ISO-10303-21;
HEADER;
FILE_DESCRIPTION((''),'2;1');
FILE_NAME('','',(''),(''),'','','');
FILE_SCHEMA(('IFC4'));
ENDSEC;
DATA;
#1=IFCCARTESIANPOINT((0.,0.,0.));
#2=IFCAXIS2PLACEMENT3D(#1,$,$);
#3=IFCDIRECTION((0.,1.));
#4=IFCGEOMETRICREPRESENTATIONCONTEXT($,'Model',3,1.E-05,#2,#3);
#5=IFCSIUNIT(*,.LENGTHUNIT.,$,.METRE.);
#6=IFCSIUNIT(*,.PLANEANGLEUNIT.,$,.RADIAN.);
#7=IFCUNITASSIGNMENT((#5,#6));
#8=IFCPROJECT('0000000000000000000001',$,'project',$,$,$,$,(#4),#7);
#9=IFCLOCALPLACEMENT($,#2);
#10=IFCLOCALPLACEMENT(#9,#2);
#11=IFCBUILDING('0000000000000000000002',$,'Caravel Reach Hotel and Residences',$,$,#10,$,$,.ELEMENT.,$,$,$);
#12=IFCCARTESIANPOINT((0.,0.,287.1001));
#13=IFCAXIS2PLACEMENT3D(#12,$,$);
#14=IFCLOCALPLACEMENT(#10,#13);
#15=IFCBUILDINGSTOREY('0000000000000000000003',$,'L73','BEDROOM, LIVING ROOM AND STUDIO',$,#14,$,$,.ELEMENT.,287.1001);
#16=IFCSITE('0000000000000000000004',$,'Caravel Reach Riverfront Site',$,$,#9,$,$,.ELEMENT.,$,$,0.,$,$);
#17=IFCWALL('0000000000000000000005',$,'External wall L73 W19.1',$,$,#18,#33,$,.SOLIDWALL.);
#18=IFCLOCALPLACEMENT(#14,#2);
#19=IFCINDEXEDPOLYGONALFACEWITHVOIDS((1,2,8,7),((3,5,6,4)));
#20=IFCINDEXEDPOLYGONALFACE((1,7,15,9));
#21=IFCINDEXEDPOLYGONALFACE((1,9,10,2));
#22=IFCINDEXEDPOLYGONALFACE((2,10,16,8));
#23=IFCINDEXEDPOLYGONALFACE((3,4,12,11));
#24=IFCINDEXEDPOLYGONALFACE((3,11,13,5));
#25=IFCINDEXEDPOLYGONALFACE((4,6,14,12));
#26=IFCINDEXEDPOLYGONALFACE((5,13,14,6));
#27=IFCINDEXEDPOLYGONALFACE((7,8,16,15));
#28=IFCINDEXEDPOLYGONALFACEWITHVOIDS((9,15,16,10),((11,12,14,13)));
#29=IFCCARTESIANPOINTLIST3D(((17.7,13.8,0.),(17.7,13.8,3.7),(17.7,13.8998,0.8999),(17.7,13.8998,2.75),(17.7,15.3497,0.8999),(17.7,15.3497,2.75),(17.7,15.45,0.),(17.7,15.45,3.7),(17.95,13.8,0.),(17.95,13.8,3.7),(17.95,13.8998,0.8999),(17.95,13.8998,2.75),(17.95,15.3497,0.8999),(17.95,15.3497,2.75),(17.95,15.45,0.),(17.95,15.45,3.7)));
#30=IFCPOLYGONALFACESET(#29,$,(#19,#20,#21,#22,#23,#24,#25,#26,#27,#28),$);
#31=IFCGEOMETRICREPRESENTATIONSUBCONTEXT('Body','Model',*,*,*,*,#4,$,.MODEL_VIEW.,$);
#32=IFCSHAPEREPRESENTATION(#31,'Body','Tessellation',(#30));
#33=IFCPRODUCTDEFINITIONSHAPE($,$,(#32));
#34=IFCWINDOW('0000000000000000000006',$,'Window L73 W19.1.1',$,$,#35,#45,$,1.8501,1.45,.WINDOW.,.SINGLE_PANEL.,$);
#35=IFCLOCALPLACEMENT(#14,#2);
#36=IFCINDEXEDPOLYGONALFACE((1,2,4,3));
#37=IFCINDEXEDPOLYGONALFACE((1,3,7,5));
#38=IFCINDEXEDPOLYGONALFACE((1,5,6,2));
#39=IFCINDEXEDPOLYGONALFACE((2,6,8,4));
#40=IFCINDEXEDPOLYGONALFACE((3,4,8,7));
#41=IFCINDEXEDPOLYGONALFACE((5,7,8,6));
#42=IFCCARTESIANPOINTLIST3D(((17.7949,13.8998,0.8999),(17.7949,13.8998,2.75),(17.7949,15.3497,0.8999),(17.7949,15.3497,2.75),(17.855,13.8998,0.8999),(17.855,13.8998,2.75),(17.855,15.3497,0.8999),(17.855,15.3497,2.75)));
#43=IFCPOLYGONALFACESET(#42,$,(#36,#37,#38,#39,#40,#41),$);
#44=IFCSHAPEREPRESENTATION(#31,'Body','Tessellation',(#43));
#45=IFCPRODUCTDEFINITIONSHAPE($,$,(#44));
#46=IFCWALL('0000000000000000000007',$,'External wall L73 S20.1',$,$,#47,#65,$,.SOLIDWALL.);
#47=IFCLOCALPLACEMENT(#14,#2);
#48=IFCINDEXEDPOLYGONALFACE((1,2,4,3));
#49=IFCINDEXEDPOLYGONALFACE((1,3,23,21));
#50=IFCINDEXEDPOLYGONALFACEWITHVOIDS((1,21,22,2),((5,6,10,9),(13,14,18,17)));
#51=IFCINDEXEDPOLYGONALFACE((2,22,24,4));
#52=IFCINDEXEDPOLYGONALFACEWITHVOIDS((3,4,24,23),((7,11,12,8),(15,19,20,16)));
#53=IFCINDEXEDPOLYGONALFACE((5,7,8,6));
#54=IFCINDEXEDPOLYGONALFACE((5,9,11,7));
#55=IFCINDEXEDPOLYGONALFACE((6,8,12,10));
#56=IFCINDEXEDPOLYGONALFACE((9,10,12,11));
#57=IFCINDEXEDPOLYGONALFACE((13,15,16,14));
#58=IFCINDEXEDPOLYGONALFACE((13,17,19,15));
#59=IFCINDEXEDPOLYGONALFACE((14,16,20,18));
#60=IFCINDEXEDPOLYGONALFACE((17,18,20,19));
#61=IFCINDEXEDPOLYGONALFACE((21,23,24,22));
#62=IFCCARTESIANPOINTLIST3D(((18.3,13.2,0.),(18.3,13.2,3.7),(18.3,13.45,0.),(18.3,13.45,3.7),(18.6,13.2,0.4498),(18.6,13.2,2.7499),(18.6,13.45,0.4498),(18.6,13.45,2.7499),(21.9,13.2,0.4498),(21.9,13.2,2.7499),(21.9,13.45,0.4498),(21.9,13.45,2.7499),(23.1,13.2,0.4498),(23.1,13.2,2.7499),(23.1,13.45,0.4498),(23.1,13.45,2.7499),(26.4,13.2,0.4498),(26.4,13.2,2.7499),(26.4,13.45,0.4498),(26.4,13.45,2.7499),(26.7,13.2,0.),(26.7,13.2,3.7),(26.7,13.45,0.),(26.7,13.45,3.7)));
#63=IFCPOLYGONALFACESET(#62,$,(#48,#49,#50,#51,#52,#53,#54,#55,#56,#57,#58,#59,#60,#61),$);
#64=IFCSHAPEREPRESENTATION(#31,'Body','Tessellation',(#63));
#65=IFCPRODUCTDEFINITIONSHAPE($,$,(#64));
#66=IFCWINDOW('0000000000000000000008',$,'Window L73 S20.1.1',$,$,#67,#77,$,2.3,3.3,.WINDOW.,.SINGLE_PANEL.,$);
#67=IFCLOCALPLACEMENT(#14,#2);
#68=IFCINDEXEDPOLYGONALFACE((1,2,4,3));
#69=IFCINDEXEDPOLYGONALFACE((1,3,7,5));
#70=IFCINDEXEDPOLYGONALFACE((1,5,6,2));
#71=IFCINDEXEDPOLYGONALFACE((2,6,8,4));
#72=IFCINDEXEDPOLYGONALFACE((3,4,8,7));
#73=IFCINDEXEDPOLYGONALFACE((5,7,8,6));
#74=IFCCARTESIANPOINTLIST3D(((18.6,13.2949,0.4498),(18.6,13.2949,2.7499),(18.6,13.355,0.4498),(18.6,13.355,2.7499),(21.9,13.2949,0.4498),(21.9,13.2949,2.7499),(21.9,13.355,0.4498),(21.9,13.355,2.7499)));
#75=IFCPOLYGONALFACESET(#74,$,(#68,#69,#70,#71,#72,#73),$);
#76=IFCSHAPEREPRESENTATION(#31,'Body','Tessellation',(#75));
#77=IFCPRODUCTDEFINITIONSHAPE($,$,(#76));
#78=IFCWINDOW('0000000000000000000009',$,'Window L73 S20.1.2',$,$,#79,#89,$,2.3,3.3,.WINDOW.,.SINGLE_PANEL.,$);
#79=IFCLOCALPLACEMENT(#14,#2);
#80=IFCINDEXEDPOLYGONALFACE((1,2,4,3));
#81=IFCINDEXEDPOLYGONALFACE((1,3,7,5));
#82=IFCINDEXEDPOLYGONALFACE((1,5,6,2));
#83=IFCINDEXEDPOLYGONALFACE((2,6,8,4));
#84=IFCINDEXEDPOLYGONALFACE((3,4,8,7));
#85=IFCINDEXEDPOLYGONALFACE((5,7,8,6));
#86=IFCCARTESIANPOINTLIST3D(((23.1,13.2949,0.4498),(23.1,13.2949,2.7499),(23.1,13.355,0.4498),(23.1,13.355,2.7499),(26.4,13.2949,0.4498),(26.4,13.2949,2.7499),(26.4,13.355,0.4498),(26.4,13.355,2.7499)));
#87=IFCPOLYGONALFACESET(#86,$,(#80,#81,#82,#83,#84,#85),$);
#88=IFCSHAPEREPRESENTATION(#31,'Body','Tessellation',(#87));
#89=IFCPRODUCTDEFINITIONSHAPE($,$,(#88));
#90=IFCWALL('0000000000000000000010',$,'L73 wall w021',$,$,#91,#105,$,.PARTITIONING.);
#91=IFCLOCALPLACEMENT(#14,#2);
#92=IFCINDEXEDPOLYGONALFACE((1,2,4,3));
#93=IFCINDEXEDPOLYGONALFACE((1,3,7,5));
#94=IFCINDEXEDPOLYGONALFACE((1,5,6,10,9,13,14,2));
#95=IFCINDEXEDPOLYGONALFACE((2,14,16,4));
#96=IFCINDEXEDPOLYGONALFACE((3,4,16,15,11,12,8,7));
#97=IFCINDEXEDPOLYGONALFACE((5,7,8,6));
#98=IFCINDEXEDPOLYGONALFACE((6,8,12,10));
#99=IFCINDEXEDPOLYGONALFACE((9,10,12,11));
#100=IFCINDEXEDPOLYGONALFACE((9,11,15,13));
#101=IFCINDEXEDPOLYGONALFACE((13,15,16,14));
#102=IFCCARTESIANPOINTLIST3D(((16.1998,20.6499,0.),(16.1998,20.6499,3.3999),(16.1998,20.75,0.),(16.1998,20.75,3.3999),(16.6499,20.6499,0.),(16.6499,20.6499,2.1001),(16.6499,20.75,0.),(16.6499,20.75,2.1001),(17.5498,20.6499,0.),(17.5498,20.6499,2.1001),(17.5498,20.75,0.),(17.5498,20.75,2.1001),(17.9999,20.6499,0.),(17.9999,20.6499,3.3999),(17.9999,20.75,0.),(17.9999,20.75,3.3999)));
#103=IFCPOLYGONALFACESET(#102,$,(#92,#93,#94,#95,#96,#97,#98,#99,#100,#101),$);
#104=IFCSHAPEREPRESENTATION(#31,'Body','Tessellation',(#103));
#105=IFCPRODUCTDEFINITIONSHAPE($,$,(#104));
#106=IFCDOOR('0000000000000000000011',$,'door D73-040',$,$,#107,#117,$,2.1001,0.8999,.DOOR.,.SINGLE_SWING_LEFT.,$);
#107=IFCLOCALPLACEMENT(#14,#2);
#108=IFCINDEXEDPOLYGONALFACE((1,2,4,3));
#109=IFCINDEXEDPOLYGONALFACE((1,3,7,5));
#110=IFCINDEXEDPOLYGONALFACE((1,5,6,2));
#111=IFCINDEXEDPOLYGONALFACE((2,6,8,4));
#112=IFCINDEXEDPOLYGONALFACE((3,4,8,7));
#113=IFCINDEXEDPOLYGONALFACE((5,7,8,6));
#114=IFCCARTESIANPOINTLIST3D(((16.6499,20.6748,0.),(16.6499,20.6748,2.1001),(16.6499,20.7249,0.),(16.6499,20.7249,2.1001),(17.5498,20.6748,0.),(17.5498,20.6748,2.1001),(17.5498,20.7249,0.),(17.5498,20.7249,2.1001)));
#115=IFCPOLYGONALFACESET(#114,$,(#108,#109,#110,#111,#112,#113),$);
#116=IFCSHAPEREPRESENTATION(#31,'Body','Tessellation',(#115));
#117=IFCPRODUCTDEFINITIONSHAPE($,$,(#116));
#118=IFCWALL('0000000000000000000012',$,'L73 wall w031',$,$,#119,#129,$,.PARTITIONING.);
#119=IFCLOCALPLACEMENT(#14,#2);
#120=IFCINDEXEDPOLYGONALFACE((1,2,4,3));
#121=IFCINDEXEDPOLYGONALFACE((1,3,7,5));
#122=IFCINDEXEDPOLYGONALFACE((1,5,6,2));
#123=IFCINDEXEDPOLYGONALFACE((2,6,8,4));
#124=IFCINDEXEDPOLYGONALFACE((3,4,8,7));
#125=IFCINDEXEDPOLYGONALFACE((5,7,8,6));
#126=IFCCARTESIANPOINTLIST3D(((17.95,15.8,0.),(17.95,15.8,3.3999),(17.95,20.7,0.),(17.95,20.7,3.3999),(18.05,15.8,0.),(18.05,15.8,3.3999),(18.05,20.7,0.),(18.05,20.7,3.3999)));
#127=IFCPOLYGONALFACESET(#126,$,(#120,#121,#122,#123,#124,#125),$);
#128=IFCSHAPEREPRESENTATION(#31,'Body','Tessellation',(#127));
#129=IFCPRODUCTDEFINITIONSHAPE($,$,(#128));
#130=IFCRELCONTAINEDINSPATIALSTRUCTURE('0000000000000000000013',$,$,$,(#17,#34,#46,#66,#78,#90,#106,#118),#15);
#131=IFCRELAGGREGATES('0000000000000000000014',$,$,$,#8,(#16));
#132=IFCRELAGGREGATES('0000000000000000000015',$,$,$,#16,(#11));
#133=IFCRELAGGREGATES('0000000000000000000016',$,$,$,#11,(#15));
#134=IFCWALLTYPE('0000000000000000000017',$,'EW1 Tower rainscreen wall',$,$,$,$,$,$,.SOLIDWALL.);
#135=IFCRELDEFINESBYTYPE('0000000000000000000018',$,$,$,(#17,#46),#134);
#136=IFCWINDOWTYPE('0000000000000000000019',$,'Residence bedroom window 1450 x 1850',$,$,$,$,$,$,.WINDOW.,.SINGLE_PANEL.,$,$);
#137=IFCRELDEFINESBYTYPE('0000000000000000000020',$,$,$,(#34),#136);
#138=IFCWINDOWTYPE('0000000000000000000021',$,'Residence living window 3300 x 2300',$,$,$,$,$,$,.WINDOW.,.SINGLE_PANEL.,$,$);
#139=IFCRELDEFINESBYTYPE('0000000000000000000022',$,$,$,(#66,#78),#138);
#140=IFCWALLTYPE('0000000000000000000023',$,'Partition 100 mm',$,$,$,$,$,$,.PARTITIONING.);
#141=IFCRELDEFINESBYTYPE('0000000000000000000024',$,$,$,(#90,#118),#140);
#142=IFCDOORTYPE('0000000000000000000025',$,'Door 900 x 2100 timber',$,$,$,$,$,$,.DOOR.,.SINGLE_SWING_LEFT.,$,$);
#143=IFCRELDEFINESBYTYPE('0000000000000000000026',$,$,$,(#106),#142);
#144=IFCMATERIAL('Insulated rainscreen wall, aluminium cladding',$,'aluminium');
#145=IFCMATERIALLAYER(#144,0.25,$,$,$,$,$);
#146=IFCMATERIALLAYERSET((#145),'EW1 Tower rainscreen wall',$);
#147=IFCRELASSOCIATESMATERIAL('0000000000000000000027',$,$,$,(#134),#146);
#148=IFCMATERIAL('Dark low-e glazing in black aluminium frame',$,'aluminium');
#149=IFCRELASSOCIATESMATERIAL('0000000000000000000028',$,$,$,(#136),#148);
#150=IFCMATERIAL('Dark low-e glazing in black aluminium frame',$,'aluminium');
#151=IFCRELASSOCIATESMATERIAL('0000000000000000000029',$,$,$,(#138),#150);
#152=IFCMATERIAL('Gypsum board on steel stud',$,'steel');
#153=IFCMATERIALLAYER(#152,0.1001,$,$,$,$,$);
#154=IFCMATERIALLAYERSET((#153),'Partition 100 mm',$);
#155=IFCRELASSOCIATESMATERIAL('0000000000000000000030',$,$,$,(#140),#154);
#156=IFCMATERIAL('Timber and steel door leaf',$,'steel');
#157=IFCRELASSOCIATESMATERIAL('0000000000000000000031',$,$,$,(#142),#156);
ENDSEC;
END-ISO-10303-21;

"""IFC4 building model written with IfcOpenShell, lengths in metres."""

from ifc_helpers import new_model, si_unit, direction, frame, frame_2d, origin, place, context, subcontext, project, spatial, rectangle, extrude, material, layer, layer_set, type_object, element, fill, save


model = new_model("IFC4")

# Units and contexts
model_context = context("Model", 3, precision=1e-05, world=origin(), true_north=direction((0.0, 1.0)))
body_context = subcontext(model_context, "Body", "Model", "MODEL_VIEW")
ifc_project = project(units=[si_unit("LENGTHUNIT", "METRE"), si_unit("PLANEANGLEUNIT", "RADIAN")], contexts=[model_context])

# Site, building, storey
site_placement = place(None, origin())
site = spatial("IfcSite", under=ifc_project, at=site_placement, Name="Caravel Reach Riverfront Site", CompositionType="ELEMENT", RefElevation=0.0)
building_placement = place(site_placement, origin())
building = spatial("IfcBuilding", under=site, at=building_placement, Name="Caravel Reach Hotel and Residences", CompositionType="ELEMENT")
storey_placement = place(building_placement, frame((0.0, 0.0, 287.1001)))
storey = spatial("IfcBuildingStorey", under=building, at=storey_placement, Name="L73", Description="BEDROOM, LIVING ROOM AND STUDIO", CompositionType="ELEMENT", Elevation=287.1001)

# Wall, opening, window
ifc_material_1 = material(Name="Insulated rainscreen wall, aluminium cladding", Category="aluminium")
ifc_layer_1 = layer(ifc_material_1, 0.25)
ifc_layer_set_1 = layer_set([ifc_layer_1], Name="EW1 Tower rainscreen wall")
wall_type_1 = type_object("IfcWallType", Name="EW1 Tower rainscreen wall", PredefinedType="SOLIDWALL", material=ifc_layer_set_1)
wall_1_placement = place(storey_placement, frame((17.825, 15.45, 0.0), z_axis=(0.0, 0.0, 1.0), x_axis=(0.0, -1.0, 0.0)))
wall_1 = element("IfcWall", 1, at=wall_1_placement, inside=storey, type_object=wall_type_1, Name="External wall L73 W19.1", PredefinedType="SOLIDWALL", context=body_context, shape_type="SweptSolid", body=[
    extrude(rectangle(XDim=1.6499, YDim=0.25, at=frame_2d((0.825, 0.0))), origin(), (0.0, 0.0, 1.0), 3.7),
])
opening_1_placement = place(wall_1_placement, frame((0.1001, 0.0, 0.8999)))
opening_1 = element("IfcOpeningElement", 2, at=opening_1_placement, cuts=wall_1, PredefinedType="OPENING", context=body_context, shape_type="SweptSolid", body=[
    extrude(rectangle(XDim=1.45, YDim=1.8501, at=frame_2d((0.7251, 0.925))), frame((0.0, 0.135, 0.0), z_axis=(0.0, -1.0, 0.0), x_axis=(1.0, 0.0, 0.0)), (0.0, 0.0, 1.0), 0.27),
])
ifc_material_2 = material(Name="Dark low-e glazing in black aluminium frame", Category="aluminium")
window_type_1 = type_object("IfcWindowType", Name="Residence bedroom window 1450 x 1850", PartitioningType="SINGLE_PANEL", PredefinedType="WINDOW", material=ifc_material_2)
window_1_placement = place(opening_1_placement, origin())
window_1 = element("IfcWindow", 3, at=window_1_placement, inside=storey, type_object=window_type_1, Name="Window L73 W19.1.1", OverallHeight=1.8501, OverallWidth=1.45, PartitioningType="SINGLE_PANEL", PredefinedType="WINDOW", context=body_context, shape_type="SweptSolid", body=[
    extrude(rectangle(XDim=1.45, YDim=1.8501, at=frame_2d((0.7251, 0.925))), frame((0.0, 0.03, 0.0), z_axis=(0.0, -1.0, 0.0), x_axis=(1.0, 0.0, 0.0)), (0.0, 0.0, 1.0), 0.0601),
])
fill(opening_1, window_1)

# Wall, openings, windows
wall_2_placement = place(storey_placement, frame((18.3, 13.325, 0.0), z_axis=(0.0, 0.0, 1.0), x_axis=(1.0, 0.0, 0.0)))
wall_2 = element("IfcWall", 4, at=wall_2_placement, inside=storey, type_object=wall_type_1, Name="External wall L73 S20.1", PredefinedType="SOLIDWALL", context=body_context, shape_type="SweptSolid", body=[
    extrude(rectangle(XDim=8.3999, YDim=0.25, at=frame_2d((4.2, 0.0))), origin(), (0.0, 0.0, 1.0), 3.7),
])
opening_2_placement = place(wall_2_placement, frame((0.3, 0.0, 0.45)))
opening_2 = element("IfcOpeningElement", 5, at=opening_2_placement, cuts=wall_2, PredefinedType="OPENING", context=body_context, shape_type="SweptSolid", body=[
    extrude(rectangle(XDim=3.3, YDim=2.3, at=frame_2d((1.6499, 1.1499))), frame((0.0, 0.135, 0.0), z_axis=(0.0, -1.0, 0.0), x_axis=(1.0, 0.0, 0.0)), (0.0, 0.0, 1.0), 0.27),
])
opening_3_placement = place(wall_2_placement, frame((4.8, 0.0, 0.45)))
opening_3 = element("IfcOpeningElement", 6, at=opening_3_placement, cuts=wall_2, PredefinedType="OPENING", context=body_context, shape_type="SweptSolid", body=[
    extrude(rectangle(XDim=3.3, YDim=2.3, at=frame_2d((1.6499, 1.1499))), frame((0.0, 0.135, 0.0), z_axis=(0.0, -1.0, 0.0), x_axis=(1.0, 0.0, 0.0)), (0.0, 0.0, 1.0), 0.27),
])
ifc_material_3 = material(Name="Dark low-e glazing in black aluminium frame", Category="aluminium")
window_type_2 = type_object("IfcWindowType", Name="Residence living window 3300 x 2300", PartitioningType="SINGLE_PANEL", PredefinedType="WINDOW", material=ifc_material_3)
window_2_placement = place(opening_2_placement, origin())
window_2 = element("IfcWindow", 7, at=window_2_placement, inside=storey, type_object=window_type_2, Name="Window L73 S20.1.1", OverallHeight=2.3, OverallWidth=3.3, PartitioningType="SINGLE_PANEL", PredefinedType="WINDOW", context=body_context, shape_type="SweptSolid", body=[
    extrude(rectangle(XDim=3.3, YDim=2.3, at=frame_2d((1.6499, 1.1499))), frame((0.0, 0.03, 0.0), z_axis=(0.0, -1.0, 0.0), x_axis=(1.0, 0.0, 0.0)), (0.0, 0.0, 1.0), 0.0601),
])
fill(opening_2, window_2)
window_3_placement = place(opening_3_placement, origin())
window_3 = element("IfcWindow", 8, at=window_3_placement, inside=storey, type_object=window_type_2, Name="Window L73 S20.1.2", OverallHeight=2.3, OverallWidth=3.3, PartitioningType="SINGLE_PANEL", PredefinedType="WINDOW", context=body_context, shape_type="SweptSolid", body=[
    extrude(rectangle(XDim=3.3, YDim=2.3, at=frame_2d((1.6499, 1.1499))), frame((0.0, 0.03, 0.0), z_axis=(0.0, -1.0, 0.0), x_axis=(1.0, 0.0, 0.0)), (0.0, 0.0, 1.0), 0.0601),
])
fill(opening_3, window_3)

# Wall, opening, door
ifc_material_4 = material(Name="Gypsum board on steel stud", Category="steel")
ifc_layer_2 = layer(ifc_material_4, 0.1001)
ifc_layer_set_2 = layer_set([ifc_layer_2], Name="Partition 100 mm")
wall_type_2 = type_object("IfcWallType", Name="Partition 100 mm", PredefinedType="PARTITIONING", material=ifc_layer_set_2)
wall_3_placement = place(storey_placement, frame((16.2, 20.7, 0.0), z_axis=(0.0, 0.0, 1.0), x_axis=(1.0, 0.0, 0.0)))
wall_3 = element("IfcWall", 9, at=wall_3_placement, inside=storey, type_object=wall_type_2, Name="L73 wall w021", PredefinedType="PARTITIONING", context=body_context, shape_type="SweptSolid", body=[
    extrude(rectangle(XDim=1.8, YDim=0.1001, at=frame_2d((0.8999, 0.0))), origin(), (0.0, 0.0, 1.0), 3.3999),
])
opening_4_placement = place(wall_3_placement, frame((0.45, 0.0, 0.0)))
opening_4 = element("IfcOpeningElement", 10, at=opening_4_placement, cuts=wall_3, PredefinedType="OPENING", context=body_context, shape_type="SweptSolid", body=[
    extrude(rectangle(XDim=0.8999, YDim=2.1001, at=frame_2d((0.45, 1.05))), frame((0.0, 0.0601, 0.0), z_axis=(0.0, -1.0, 0.0), x_axis=(1.0, 0.0, 0.0)), (0.0, 0.0, 1.0), 0.1201),
])
ifc_material_5 = material(Name="Timber and steel door leaf", Category="steel")
door_type_1 = type_object("IfcDoorType", Name="Door 900 x 2100 timber", OperationType="SINGLE_SWING_LEFT", PredefinedType="DOOR", material=ifc_material_5)
door_1_placement = place(opening_4_placement, origin())
door_1 = element("IfcDoor", 11, at=door_1_placement, inside=storey, type_object=door_type_1, Name="door D73-040", OperationType="SINGLE_SWING_LEFT", OverallHeight=2.1001, OverallWidth=0.8999, PredefinedType="DOOR", context=body_context, shape_type="SweptSolid", body=[
    extrude(rectangle(XDim=0.8999, YDim=2.1001, at=frame_2d((0.45, 1.05))), frame((0.0, 0.0249, 0.0), z_axis=(0.0, -1.0, 0.0), x_axis=(1.0, 0.0, 0.0)), (0.0, 0.0, 1.0), 0.05),
])
fill(opening_4, door_1)

# Wall
wall_4_placement = place(storey_placement, frame((18.0, 15.8, 0.0), z_axis=(0.0, 0.0, 1.0), x_axis=(0.0, 1.0, 0.0)))
element("IfcWall", 12, at=wall_4_placement, inside=storey, type_object=wall_type_2, Name="L73 wall w031", PredefinedType="PARTITIONING", context=body_context, shape_type="SweptSolid", body=[
    extrude(rectangle(XDim=4.8999, YDim=0.1001, at=frame_2d((2.45, 0.0))), origin(), (0.0, 0.0, 1.0), 3.3999),
])

save(model, "model.ifc")
